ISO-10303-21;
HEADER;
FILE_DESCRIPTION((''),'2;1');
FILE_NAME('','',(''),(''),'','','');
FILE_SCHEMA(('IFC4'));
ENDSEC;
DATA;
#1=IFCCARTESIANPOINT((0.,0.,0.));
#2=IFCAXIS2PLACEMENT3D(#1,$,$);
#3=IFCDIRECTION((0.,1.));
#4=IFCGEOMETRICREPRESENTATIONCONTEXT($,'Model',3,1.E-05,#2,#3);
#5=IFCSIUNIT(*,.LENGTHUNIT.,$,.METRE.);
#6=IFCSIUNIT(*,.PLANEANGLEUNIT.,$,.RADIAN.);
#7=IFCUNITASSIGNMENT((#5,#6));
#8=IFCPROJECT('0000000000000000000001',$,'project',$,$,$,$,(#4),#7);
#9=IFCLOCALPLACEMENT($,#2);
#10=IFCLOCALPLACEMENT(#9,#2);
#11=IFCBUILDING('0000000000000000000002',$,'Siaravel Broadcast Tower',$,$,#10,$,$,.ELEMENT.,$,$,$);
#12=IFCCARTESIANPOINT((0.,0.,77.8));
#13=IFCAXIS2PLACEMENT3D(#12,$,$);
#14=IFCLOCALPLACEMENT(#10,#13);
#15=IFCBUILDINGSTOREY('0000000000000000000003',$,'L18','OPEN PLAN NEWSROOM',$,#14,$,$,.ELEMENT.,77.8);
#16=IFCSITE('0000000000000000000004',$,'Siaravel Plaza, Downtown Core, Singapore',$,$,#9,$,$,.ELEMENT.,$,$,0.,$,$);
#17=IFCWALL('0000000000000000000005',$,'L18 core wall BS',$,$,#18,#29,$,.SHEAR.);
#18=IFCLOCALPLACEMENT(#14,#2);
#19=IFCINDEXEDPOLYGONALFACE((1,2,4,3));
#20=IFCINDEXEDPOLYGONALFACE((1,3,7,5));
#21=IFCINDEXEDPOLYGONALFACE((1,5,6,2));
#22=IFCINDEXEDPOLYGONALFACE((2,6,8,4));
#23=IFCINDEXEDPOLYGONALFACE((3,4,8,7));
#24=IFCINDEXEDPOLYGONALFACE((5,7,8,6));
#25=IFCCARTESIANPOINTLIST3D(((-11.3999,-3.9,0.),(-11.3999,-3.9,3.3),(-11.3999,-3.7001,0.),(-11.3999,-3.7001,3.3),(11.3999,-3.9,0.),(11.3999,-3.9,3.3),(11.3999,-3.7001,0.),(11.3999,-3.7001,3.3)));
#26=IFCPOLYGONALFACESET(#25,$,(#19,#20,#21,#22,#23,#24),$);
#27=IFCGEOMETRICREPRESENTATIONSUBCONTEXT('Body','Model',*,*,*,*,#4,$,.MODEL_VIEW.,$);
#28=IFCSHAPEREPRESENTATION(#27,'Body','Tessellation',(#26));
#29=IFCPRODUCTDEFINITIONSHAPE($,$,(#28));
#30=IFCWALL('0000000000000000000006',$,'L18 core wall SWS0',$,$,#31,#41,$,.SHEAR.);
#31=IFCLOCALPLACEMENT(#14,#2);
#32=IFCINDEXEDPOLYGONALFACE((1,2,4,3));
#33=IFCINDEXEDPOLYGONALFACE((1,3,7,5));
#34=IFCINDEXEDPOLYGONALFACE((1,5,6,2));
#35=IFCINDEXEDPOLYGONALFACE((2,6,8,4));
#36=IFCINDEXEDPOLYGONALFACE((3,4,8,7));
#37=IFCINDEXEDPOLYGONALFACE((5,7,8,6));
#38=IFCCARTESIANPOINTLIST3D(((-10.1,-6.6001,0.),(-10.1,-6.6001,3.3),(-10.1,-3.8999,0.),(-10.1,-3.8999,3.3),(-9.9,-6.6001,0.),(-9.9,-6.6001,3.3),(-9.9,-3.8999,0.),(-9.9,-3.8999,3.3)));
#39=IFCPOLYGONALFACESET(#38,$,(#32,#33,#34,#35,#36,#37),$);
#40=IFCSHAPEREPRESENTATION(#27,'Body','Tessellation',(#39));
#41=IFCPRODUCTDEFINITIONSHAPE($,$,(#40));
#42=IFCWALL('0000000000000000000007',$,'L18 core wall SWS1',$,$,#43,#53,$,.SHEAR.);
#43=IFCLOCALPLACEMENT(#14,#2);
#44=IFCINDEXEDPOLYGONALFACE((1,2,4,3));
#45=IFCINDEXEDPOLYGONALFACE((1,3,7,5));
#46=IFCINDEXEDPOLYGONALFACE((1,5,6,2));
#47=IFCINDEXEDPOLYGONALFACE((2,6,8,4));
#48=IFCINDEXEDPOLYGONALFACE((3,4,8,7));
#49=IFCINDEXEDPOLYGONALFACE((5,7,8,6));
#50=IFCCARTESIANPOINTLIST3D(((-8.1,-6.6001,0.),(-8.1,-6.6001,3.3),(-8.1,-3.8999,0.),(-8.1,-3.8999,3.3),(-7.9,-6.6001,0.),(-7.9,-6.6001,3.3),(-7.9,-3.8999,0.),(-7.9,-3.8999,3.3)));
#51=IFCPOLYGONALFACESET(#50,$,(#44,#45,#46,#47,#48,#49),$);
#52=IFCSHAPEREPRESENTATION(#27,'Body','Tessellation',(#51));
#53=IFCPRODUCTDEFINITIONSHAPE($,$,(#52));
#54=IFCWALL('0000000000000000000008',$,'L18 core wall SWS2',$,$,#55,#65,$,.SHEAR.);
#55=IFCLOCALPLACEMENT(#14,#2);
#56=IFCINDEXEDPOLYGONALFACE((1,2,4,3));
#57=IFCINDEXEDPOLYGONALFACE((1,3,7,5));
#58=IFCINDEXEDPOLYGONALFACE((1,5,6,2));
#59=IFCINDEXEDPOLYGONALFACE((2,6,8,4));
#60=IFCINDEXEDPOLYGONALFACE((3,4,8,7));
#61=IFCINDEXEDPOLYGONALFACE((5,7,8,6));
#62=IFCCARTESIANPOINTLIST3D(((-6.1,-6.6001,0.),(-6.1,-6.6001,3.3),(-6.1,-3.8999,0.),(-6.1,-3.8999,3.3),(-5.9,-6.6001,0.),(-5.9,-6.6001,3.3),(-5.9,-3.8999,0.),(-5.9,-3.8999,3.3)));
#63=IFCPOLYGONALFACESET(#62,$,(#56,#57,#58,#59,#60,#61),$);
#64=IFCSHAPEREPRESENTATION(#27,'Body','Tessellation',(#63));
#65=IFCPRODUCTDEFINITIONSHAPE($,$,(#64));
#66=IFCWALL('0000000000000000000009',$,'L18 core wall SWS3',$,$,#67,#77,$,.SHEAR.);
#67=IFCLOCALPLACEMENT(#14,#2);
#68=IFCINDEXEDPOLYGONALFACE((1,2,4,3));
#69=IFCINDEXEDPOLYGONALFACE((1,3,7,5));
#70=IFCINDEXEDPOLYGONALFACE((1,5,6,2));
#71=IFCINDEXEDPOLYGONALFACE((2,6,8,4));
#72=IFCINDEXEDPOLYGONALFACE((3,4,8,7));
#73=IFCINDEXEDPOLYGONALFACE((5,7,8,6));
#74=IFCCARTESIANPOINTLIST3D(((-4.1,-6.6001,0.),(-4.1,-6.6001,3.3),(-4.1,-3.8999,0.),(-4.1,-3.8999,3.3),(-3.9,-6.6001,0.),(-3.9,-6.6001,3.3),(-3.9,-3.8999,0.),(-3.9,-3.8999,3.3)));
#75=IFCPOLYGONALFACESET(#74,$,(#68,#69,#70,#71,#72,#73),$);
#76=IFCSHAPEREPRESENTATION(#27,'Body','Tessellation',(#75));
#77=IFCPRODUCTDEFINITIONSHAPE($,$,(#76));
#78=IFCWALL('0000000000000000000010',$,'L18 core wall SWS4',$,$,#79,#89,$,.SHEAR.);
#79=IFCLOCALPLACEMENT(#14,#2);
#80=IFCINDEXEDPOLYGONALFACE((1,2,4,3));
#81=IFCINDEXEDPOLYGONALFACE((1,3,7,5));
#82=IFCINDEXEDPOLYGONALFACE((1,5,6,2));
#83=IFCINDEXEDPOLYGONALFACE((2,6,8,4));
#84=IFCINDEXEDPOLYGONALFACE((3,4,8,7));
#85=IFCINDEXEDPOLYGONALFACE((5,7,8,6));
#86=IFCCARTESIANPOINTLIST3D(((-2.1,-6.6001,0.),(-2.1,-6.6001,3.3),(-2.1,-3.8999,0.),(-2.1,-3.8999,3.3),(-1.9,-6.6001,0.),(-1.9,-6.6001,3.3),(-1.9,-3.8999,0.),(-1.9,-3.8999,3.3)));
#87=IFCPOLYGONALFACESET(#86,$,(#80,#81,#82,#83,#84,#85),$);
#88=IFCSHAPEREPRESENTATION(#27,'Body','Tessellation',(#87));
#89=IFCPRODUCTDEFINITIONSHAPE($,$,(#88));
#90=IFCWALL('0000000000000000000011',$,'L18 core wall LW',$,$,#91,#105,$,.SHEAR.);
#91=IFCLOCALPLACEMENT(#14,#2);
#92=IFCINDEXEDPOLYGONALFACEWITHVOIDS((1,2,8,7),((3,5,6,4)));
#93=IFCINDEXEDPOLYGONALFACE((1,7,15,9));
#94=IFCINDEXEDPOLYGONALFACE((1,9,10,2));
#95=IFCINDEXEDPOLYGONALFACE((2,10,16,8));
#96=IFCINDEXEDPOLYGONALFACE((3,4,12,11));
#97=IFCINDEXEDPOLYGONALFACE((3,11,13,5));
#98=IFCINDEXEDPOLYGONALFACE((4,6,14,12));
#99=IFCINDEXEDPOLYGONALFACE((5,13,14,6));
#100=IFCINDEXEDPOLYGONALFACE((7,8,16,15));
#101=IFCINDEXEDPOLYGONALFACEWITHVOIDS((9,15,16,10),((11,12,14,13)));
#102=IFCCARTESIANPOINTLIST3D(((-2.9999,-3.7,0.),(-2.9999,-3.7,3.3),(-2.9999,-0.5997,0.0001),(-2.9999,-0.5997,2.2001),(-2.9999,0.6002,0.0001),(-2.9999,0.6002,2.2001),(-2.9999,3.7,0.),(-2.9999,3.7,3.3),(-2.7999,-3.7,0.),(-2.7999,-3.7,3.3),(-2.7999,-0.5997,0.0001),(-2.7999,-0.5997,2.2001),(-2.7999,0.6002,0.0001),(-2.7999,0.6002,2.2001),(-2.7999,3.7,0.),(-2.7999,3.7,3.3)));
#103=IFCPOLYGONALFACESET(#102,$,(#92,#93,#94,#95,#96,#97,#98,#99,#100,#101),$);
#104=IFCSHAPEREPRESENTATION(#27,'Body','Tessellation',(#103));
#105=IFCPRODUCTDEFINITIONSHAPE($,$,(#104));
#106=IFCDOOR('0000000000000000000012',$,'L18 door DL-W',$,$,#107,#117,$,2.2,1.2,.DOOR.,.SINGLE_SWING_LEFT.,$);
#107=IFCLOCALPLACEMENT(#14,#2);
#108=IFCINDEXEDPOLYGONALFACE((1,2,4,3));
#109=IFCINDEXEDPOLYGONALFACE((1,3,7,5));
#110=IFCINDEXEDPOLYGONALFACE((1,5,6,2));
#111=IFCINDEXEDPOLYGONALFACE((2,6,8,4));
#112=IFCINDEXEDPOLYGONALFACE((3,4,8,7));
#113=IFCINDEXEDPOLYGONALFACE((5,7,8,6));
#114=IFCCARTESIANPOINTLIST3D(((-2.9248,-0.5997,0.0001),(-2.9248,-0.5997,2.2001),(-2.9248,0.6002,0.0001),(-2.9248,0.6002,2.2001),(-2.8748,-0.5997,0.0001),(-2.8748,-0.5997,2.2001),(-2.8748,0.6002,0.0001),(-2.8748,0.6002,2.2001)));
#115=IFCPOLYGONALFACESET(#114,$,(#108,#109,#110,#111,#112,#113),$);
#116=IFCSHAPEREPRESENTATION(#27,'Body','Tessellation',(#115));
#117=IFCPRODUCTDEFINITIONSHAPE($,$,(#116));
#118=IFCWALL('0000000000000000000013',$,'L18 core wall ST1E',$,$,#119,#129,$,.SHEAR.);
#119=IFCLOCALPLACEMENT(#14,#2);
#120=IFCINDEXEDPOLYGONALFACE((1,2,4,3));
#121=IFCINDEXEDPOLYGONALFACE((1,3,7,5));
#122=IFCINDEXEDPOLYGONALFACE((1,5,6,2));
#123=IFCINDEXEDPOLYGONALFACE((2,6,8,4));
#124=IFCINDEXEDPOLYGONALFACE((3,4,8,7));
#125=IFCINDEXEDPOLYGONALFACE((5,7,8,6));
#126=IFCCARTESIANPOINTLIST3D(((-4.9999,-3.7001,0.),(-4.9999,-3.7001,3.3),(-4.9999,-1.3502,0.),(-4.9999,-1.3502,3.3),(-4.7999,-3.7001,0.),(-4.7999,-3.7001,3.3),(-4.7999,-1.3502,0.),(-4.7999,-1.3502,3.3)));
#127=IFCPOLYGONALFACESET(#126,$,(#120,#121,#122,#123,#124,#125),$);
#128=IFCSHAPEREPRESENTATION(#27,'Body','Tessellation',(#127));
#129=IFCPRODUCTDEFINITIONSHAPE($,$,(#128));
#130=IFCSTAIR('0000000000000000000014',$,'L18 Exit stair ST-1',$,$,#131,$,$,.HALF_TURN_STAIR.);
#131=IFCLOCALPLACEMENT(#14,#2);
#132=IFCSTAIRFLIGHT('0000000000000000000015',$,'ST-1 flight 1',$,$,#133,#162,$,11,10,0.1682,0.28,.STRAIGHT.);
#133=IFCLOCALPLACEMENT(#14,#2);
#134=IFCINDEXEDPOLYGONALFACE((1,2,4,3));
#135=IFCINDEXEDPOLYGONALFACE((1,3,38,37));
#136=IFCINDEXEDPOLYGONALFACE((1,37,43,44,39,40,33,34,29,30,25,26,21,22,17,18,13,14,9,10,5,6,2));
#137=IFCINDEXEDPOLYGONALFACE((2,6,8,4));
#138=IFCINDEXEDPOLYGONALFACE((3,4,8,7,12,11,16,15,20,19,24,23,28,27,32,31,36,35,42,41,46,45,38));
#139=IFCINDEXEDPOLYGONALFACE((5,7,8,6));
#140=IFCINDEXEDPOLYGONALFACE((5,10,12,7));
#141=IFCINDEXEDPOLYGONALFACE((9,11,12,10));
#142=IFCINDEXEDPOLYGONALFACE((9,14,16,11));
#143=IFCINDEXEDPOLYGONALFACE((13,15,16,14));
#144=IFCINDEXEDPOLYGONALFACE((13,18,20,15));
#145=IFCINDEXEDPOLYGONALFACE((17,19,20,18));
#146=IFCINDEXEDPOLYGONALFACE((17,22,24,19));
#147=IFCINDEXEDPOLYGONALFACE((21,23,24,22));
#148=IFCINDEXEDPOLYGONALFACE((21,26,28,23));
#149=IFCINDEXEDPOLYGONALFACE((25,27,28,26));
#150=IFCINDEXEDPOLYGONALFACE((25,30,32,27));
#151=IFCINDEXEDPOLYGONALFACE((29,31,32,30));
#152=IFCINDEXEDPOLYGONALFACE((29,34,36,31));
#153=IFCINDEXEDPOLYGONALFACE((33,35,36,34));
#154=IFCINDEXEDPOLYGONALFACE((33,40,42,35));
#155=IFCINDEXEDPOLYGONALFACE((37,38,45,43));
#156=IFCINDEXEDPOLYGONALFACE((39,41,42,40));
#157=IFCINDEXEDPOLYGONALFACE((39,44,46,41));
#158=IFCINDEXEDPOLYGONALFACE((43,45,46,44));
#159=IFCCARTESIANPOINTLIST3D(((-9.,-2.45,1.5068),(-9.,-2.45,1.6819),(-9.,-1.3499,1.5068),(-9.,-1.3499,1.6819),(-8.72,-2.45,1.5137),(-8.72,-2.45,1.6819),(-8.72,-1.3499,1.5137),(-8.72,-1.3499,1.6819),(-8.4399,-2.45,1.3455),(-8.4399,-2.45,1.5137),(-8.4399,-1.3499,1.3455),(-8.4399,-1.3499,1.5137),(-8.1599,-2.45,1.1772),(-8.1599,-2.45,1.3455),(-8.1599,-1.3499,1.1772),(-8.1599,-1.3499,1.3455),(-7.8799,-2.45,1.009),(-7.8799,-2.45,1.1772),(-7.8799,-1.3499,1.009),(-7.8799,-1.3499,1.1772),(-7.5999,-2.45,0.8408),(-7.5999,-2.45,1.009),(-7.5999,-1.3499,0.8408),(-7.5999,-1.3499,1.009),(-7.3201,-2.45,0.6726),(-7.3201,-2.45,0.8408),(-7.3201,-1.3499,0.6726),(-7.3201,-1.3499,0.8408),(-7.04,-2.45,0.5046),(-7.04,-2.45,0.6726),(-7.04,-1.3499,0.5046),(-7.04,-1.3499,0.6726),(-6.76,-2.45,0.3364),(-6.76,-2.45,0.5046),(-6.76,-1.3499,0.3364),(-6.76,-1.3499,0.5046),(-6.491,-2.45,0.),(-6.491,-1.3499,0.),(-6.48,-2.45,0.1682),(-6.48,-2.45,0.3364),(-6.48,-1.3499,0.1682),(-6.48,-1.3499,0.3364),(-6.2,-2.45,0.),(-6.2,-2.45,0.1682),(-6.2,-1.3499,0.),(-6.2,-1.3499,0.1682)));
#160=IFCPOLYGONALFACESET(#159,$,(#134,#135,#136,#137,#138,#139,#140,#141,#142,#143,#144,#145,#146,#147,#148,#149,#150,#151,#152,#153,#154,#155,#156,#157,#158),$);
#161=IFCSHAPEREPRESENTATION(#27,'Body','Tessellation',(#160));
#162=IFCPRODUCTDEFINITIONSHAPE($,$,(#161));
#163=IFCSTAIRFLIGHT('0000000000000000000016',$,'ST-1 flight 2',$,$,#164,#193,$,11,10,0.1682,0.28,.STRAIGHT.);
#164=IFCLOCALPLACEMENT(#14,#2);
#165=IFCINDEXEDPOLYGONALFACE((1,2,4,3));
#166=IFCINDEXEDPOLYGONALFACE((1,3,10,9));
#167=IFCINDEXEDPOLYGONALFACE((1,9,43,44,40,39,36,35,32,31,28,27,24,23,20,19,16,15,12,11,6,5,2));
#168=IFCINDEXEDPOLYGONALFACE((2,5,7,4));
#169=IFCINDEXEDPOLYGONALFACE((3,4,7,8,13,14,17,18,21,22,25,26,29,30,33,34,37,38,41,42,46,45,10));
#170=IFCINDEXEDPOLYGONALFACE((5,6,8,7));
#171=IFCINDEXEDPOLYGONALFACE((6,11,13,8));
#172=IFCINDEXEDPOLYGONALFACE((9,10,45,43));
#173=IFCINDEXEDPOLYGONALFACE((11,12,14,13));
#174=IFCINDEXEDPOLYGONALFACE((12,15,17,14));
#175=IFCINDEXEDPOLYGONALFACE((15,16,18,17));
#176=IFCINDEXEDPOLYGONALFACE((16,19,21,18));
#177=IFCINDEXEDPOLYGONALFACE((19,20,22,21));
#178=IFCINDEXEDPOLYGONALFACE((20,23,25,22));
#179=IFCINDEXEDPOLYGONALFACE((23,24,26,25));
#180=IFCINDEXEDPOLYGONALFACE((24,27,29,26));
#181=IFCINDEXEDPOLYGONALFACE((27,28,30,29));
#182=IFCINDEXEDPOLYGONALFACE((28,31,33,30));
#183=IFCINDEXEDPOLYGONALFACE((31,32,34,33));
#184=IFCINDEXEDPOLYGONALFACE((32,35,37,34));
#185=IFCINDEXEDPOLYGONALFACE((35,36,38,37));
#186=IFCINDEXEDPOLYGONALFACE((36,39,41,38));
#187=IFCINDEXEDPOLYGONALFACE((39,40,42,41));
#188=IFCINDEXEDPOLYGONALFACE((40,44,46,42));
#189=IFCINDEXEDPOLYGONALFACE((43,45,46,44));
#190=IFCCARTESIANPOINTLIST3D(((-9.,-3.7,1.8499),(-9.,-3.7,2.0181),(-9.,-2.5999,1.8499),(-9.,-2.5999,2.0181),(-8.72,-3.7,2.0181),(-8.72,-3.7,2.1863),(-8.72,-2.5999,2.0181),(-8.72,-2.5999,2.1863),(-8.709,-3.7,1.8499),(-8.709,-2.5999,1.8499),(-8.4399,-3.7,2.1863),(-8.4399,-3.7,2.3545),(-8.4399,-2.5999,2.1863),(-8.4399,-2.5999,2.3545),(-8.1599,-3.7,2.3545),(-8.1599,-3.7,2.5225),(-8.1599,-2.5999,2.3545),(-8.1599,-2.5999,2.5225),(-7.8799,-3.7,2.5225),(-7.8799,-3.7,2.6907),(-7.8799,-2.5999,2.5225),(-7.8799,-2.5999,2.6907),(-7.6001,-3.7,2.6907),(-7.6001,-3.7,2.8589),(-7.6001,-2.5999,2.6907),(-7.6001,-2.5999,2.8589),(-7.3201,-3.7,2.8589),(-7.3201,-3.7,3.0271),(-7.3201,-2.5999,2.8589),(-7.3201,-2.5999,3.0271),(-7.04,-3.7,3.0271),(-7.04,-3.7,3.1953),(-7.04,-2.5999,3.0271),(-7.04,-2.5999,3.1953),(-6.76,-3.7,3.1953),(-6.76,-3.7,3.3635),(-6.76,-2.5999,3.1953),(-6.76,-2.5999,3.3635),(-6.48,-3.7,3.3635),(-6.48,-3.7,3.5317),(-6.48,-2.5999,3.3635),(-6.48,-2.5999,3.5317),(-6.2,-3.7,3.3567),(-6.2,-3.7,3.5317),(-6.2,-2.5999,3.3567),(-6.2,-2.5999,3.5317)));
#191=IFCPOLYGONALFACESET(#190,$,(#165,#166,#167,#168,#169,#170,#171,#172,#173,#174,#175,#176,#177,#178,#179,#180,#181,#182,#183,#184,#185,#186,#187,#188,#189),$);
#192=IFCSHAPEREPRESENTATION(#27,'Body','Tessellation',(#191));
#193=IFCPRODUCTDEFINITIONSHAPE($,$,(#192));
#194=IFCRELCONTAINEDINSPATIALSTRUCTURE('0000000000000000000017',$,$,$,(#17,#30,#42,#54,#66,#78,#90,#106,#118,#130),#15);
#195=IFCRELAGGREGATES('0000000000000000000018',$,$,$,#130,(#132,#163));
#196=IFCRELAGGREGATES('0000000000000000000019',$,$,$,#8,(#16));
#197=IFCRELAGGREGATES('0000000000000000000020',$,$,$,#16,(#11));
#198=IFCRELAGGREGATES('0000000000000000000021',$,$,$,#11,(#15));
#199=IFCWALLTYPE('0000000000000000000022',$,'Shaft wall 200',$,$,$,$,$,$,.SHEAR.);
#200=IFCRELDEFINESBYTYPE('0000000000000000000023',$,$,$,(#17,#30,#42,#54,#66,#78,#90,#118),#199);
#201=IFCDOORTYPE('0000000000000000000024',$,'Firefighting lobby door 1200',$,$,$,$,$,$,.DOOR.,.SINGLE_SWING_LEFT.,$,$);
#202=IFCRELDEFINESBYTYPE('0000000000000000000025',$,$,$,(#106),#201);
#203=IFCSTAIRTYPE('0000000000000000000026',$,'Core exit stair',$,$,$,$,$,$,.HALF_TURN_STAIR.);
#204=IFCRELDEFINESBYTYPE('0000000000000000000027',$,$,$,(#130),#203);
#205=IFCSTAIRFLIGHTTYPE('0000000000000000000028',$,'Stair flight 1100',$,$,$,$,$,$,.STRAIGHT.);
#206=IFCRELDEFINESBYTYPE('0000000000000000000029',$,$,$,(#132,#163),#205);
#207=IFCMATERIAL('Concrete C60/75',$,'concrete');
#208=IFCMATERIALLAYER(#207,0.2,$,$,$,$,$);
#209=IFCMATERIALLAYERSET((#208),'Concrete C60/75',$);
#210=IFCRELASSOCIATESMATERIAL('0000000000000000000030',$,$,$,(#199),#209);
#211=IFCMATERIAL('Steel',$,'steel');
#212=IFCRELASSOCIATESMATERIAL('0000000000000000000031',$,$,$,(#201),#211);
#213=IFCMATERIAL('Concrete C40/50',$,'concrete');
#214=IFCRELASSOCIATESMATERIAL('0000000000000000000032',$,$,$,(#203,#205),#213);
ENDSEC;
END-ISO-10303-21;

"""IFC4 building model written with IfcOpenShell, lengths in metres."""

from ifc_helpers import new_model, si_unit, direction, frame, frame_2d, origin, place, context, subcontext, project, spatial, polyline, rectangle, outline, extrude, material, layer, layer_set, type_object, element, fill, aggregate, save


model = new_model("IFC4")

# Units and contexts
model_context = context("Model", 3, precision=1e-05, world=origin(), true_north=direction((0.0, 1.0)))
body_context = subcontext(model_context, "Body", "Model", "MODEL_VIEW")
ifc_project = project(units=[si_unit("LENGTHUNIT", "METRE"), si_unit("PLANEANGLEUNIT", "RADIAN")], contexts=[model_context])

# Site, building, storey
site_placement = place(None, origin())
site = spatial("IfcSite", under=ifc_project, at=site_placement, Name="Siaravel Plaza, Downtown Core, Singapore", CompositionType="ELEMENT", RefElevation=0.0)
building_placement = place(site_placement, origin())
building = spatial("IfcBuilding", under=site, at=building_placement, Name="Siaravel Broadcast Tower", CompositionType="ELEMENT")
storey_placement = place(building_placement, frame((0.0, 0.0, 77.8)))
storey = spatial("IfcBuildingStorey", under=building, at=storey_placement, Name="L18", Description="OPEN PLAN NEWSROOM", CompositionType="ELEMENT", Elevation=77.8)

# Walls
ifc_material_1 = material(Name="Concrete C60/75", Category="concrete")
ifc_layer = layer(ifc_material_1, 0.2)
ifc_layer_set = layer_set([ifc_layer], Name="Concrete C60/75")
wall_type = type_object("IfcWallType", Name="Shaft wall 200", PredefinedType="SHEAR", material=ifc_layer_set)
wall_1_placement = place(storey_placement, frame((-11.3999, -3.8, 0.0), z_axis=(0.0, 0.0, 1.0), x_axis=(1.0, 0.0, 0.0)))
element("IfcWall", 1, at=wall_1_placement, inside=storey, type_object=wall_type, Name="L18 core wall BS", PredefinedType="SHEAR", context=body_context, shape_type="SweptSolid", body=[
    extrude(rectangle(XDim=22.7998, YDim=0.2, at=frame_2d((11.3999, 0.0))), origin(), (0.0, 0.0, 1.0), 3.3),
])
for number, where, z_axis, x_axis, name in (
    (2, (-10.0, -6.6001, 0.0), (0.0, 0.0, 1.0), (0.0, 1.0, 0.0), "L18 core wall SWS0"),
    (3, (-8.0, -6.6001, 0.0), (0.0, 0.0, 1.0), (0.0, 1.0, 0.0), "L18 core wall SWS1"),
    (4, (-6.0, -6.6001, 0.0), (0.0, 0.0, 1.0), (0.0, 1.0, 0.0), "L18 core wall SWS2"),
    (5, (-4.0, -6.6001, 0.0), (0.0, 0.0, 1.0), (0.0, 1.0, 0.0), "L18 core wall SWS3"),
    (6, (-2.0, -6.6001, 0.0), (0.0, 0.0, 1.0), (0.0, 1.0, 0.0), "L18 core wall SWS4"),
):
    element("IfcWall", number, at=place(storey_placement, frame(where, z_axis=z_axis, x_axis=x_axis)), inside=storey, type_object=wall_type, Name=name, PredefinedType="SHEAR", context=body_context, shape_type="SweptSolid", body=[
        extrude(rectangle(XDim=2.7002, YDim=0.2, at=frame_2d((1.3501, 0.0))), origin(), (0.0, 0.0, 1.0), 3.3),
    ])

# Wall, opening, door
wall_2_placement = place(storey_placement, frame((-2.8999, -3.7, 0.0), z_axis=(0.0, 0.0, 1.0), x_axis=(0.0, 1.0, 0.0)))
wall_2 = element("IfcWall", 7, at=wall_2_placement, inside=storey, type_object=wall_type, Name="L18 core wall LW", PredefinedType="SHEAR", context=body_context, shape_type="SweptSolid", body=[
    extrude(rectangle(XDim=7.3999, YDim=0.2, at=frame_2d((3.7, 0.0))), origin(), (0.0, 0.0, 1.0), 3.3),
])
opening_placement = place(wall_2_placement, frame((3.1001, 0.0, 0.0)))
opening = element("IfcOpeningElement", 8, at=opening_placement, cuts=wall_2, PredefinedType="OPENING", context=body_context, shape_type="SweptSolid", body=[
    extrude(rectangle(XDim=1.2, YDim=2.2, at=frame_2d((0.6001, 1.1001))), frame((0.0, 0.1099, 0.0), z_axis=(0.0, -1.0, 0.0), x_axis=(1.0, 0.0, 0.0)), (0.0, 0.0, 1.0), 0.22),
])
ifc_material_2 = material(Name="Steel", Category="steel")
door_type = type_object("IfcDoorType", Name="Firefighting lobby door 1200", OperationType="SINGLE_SWING_LEFT", PredefinedType="DOOR", material=ifc_material_2)
door_placement = place(opening_placement, origin())
door = element("IfcDoor", 9, at=door_placement, inside=storey, type_object=door_type, Name="L18 door DL-W", OperationType="SINGLE_SWING_LEFT", OverallHeight=2.2, OverallWidth=1.2, PredefinedType="DOOR", context=body_context, shape_type="SweptSolid", body=[
    extrude(rectangle(XDim=1.2, YDim=2.2, at=frame_2d((0.6001, 1.1001))), frame((0.0, 0.0249, 0.0), z_axis=(0.0, -1.0, 0.0), x_axis=(1.0, 0.0, 0.0)), (0.0, 0.0, 1.0), 0.05),
])
fill(opening, door)

# Wall
wall_3_placement = place(storey_placement, frame((-4.8999, -3.7, 0.0), z_axis=(0.0, 0.0, 1.0), x_axis=(0.0, 1.0, 0.0)))
element("IfcWall", 10, at=wall_3_placement, inside=storey, type_object=wall_type, Name="L18 core wall ST1E", PredefinedType="SHEAR", context=body_context, shape_type="SweptSolid", body=[
    extrude(rectangle(XDim=2.3499, YDim=0.2, at=frame_2d((1.1748, 0.0))), origin(), (0.0, 0.0, 1.0), 3.3),
])

# Stair, stair flights
ifc_material_3 = material(Name="Concrete C40/50", Category="concrete")
stair_type = type_object("IfcStairType", Name="Core exit stair", PredefinedType="HALF_TURN_STAIR", material=ifc_material_3)
stair_placement = place(storey_placement, origin())
stair = element("IfcStair", 11, at=stair_placement, inside=storey, type_object=stair_type, Name="L18 Exit stair ST-1", PredefinedType="HALF_TURN_STAIR")
stair_flight_type = type_object("IfcStairFlightType", Name="Stair flight 1100", PredefinedType="STRAIGHT", material=ifc_material_3)
stair_flight_1_placement = place(storey_placement, frame((-6.2, -1.8999, 0.0), z_axis=(0.0, 0.0, 1.0), x_axis=(-1.0, 0.0, 0.0)))
stair_flight_1 = element("IfcStairFlight", 12, at=stair_flight_1_placement, type_object=stair_flight_type, Name="ST-1 flight 1", NumberOfRisers=11, NumberOfTreads=10, PredefinedType="STRAIGHT", RiserHeight=0.1682, TreadLength=0.28, context=body_context, shape_type="SweptSolid", body=[
    extrude(outline(polyline([(0.0, 0.0), (0.0, 0.1682), (0.28, 0.1682), (0.28, 0.3364), (0.5601, 0.3364), (0.5601, 0.5046), (0.8401, 0.5046), (0.8401, 0.6726), (1.1201, 0.6726), (1.1201, 0.8408), (1.3999, 0.8408), (1.3999, 1.009), (1.6799, 1.009), (1.6799, 1.1772), (1.96, 1.1772), (1.96, 1.3455), (2.24, 1.3455), (2.24, 1.5137), (2.52, 1.5137), (2.52, 1.6819), (2.8, 1.6819), (2.8, 1.8501), (2.8, 1.5068), (0.291, 0.0), (0.0, 0.0)])), frame((0.0, 0.55, 0.0), z_axis=(0.0, -1.0, 0.0), x_axis=(1.0, 0.0, 0.0)), (0.0, 0.0, 1.0), 1.1001),
])
stair_flight_2_placement = place(storey_placement, frame((-9.0, -3.1499, 1.8499), z_axis=(0.0, 0.0, 1.0), x_axis=(1.0, 0.0, 0.0)))
stair_flight_2 = element("IfcStairFlight", 13, at=stair_flight_2_placement, type_object=stair_flight_type, Name="ST-1 flight 2", NumberOfRisers=11, NumberOfTreads=10, PredefinedType="STRAIGHT", RiserHeight=0.1682, TreadLength=0.28, context=body_context, shape_type="SweptSolid", body=[
    extrude(outline(polyline([(0.0, 0.0), (0.0, 0.1682), (0.28, 0.1682), (0.28, 0.3364), (0.5601, 0.3364), (0.5601, 0.5046), (0.8401, 0.5046), (0.8401, 0.6726), (1.1201, 0.6726), (1.1201, 0.8408), (1.3999, 0.8408), (1.3999, 1.009), (1.6799, 1.009), (1.6799, 1.1772), (1.96, 1.1772), (1.96, 1.3455), (2.24, 1.3455), (2.24, 1.5137), (2.52, 1.5137), (2.52, 1.6819), (2.8, 1.6819), (2.8, 1.8501), (2.8, 1.5068), (0.291, 0.0), (0.0, 0.0)])), frame((0.0, 0.55, 0.0), z_axis=(0.0, -1.0, 0.0), x_axis=(1.0, 0.0, 0.0)), (0.0, 0.0, 1.0), 1.1001),
])
aggregate(stair, [stair_flight_1, stair_flight_2])

save(model, "model.ifc")
